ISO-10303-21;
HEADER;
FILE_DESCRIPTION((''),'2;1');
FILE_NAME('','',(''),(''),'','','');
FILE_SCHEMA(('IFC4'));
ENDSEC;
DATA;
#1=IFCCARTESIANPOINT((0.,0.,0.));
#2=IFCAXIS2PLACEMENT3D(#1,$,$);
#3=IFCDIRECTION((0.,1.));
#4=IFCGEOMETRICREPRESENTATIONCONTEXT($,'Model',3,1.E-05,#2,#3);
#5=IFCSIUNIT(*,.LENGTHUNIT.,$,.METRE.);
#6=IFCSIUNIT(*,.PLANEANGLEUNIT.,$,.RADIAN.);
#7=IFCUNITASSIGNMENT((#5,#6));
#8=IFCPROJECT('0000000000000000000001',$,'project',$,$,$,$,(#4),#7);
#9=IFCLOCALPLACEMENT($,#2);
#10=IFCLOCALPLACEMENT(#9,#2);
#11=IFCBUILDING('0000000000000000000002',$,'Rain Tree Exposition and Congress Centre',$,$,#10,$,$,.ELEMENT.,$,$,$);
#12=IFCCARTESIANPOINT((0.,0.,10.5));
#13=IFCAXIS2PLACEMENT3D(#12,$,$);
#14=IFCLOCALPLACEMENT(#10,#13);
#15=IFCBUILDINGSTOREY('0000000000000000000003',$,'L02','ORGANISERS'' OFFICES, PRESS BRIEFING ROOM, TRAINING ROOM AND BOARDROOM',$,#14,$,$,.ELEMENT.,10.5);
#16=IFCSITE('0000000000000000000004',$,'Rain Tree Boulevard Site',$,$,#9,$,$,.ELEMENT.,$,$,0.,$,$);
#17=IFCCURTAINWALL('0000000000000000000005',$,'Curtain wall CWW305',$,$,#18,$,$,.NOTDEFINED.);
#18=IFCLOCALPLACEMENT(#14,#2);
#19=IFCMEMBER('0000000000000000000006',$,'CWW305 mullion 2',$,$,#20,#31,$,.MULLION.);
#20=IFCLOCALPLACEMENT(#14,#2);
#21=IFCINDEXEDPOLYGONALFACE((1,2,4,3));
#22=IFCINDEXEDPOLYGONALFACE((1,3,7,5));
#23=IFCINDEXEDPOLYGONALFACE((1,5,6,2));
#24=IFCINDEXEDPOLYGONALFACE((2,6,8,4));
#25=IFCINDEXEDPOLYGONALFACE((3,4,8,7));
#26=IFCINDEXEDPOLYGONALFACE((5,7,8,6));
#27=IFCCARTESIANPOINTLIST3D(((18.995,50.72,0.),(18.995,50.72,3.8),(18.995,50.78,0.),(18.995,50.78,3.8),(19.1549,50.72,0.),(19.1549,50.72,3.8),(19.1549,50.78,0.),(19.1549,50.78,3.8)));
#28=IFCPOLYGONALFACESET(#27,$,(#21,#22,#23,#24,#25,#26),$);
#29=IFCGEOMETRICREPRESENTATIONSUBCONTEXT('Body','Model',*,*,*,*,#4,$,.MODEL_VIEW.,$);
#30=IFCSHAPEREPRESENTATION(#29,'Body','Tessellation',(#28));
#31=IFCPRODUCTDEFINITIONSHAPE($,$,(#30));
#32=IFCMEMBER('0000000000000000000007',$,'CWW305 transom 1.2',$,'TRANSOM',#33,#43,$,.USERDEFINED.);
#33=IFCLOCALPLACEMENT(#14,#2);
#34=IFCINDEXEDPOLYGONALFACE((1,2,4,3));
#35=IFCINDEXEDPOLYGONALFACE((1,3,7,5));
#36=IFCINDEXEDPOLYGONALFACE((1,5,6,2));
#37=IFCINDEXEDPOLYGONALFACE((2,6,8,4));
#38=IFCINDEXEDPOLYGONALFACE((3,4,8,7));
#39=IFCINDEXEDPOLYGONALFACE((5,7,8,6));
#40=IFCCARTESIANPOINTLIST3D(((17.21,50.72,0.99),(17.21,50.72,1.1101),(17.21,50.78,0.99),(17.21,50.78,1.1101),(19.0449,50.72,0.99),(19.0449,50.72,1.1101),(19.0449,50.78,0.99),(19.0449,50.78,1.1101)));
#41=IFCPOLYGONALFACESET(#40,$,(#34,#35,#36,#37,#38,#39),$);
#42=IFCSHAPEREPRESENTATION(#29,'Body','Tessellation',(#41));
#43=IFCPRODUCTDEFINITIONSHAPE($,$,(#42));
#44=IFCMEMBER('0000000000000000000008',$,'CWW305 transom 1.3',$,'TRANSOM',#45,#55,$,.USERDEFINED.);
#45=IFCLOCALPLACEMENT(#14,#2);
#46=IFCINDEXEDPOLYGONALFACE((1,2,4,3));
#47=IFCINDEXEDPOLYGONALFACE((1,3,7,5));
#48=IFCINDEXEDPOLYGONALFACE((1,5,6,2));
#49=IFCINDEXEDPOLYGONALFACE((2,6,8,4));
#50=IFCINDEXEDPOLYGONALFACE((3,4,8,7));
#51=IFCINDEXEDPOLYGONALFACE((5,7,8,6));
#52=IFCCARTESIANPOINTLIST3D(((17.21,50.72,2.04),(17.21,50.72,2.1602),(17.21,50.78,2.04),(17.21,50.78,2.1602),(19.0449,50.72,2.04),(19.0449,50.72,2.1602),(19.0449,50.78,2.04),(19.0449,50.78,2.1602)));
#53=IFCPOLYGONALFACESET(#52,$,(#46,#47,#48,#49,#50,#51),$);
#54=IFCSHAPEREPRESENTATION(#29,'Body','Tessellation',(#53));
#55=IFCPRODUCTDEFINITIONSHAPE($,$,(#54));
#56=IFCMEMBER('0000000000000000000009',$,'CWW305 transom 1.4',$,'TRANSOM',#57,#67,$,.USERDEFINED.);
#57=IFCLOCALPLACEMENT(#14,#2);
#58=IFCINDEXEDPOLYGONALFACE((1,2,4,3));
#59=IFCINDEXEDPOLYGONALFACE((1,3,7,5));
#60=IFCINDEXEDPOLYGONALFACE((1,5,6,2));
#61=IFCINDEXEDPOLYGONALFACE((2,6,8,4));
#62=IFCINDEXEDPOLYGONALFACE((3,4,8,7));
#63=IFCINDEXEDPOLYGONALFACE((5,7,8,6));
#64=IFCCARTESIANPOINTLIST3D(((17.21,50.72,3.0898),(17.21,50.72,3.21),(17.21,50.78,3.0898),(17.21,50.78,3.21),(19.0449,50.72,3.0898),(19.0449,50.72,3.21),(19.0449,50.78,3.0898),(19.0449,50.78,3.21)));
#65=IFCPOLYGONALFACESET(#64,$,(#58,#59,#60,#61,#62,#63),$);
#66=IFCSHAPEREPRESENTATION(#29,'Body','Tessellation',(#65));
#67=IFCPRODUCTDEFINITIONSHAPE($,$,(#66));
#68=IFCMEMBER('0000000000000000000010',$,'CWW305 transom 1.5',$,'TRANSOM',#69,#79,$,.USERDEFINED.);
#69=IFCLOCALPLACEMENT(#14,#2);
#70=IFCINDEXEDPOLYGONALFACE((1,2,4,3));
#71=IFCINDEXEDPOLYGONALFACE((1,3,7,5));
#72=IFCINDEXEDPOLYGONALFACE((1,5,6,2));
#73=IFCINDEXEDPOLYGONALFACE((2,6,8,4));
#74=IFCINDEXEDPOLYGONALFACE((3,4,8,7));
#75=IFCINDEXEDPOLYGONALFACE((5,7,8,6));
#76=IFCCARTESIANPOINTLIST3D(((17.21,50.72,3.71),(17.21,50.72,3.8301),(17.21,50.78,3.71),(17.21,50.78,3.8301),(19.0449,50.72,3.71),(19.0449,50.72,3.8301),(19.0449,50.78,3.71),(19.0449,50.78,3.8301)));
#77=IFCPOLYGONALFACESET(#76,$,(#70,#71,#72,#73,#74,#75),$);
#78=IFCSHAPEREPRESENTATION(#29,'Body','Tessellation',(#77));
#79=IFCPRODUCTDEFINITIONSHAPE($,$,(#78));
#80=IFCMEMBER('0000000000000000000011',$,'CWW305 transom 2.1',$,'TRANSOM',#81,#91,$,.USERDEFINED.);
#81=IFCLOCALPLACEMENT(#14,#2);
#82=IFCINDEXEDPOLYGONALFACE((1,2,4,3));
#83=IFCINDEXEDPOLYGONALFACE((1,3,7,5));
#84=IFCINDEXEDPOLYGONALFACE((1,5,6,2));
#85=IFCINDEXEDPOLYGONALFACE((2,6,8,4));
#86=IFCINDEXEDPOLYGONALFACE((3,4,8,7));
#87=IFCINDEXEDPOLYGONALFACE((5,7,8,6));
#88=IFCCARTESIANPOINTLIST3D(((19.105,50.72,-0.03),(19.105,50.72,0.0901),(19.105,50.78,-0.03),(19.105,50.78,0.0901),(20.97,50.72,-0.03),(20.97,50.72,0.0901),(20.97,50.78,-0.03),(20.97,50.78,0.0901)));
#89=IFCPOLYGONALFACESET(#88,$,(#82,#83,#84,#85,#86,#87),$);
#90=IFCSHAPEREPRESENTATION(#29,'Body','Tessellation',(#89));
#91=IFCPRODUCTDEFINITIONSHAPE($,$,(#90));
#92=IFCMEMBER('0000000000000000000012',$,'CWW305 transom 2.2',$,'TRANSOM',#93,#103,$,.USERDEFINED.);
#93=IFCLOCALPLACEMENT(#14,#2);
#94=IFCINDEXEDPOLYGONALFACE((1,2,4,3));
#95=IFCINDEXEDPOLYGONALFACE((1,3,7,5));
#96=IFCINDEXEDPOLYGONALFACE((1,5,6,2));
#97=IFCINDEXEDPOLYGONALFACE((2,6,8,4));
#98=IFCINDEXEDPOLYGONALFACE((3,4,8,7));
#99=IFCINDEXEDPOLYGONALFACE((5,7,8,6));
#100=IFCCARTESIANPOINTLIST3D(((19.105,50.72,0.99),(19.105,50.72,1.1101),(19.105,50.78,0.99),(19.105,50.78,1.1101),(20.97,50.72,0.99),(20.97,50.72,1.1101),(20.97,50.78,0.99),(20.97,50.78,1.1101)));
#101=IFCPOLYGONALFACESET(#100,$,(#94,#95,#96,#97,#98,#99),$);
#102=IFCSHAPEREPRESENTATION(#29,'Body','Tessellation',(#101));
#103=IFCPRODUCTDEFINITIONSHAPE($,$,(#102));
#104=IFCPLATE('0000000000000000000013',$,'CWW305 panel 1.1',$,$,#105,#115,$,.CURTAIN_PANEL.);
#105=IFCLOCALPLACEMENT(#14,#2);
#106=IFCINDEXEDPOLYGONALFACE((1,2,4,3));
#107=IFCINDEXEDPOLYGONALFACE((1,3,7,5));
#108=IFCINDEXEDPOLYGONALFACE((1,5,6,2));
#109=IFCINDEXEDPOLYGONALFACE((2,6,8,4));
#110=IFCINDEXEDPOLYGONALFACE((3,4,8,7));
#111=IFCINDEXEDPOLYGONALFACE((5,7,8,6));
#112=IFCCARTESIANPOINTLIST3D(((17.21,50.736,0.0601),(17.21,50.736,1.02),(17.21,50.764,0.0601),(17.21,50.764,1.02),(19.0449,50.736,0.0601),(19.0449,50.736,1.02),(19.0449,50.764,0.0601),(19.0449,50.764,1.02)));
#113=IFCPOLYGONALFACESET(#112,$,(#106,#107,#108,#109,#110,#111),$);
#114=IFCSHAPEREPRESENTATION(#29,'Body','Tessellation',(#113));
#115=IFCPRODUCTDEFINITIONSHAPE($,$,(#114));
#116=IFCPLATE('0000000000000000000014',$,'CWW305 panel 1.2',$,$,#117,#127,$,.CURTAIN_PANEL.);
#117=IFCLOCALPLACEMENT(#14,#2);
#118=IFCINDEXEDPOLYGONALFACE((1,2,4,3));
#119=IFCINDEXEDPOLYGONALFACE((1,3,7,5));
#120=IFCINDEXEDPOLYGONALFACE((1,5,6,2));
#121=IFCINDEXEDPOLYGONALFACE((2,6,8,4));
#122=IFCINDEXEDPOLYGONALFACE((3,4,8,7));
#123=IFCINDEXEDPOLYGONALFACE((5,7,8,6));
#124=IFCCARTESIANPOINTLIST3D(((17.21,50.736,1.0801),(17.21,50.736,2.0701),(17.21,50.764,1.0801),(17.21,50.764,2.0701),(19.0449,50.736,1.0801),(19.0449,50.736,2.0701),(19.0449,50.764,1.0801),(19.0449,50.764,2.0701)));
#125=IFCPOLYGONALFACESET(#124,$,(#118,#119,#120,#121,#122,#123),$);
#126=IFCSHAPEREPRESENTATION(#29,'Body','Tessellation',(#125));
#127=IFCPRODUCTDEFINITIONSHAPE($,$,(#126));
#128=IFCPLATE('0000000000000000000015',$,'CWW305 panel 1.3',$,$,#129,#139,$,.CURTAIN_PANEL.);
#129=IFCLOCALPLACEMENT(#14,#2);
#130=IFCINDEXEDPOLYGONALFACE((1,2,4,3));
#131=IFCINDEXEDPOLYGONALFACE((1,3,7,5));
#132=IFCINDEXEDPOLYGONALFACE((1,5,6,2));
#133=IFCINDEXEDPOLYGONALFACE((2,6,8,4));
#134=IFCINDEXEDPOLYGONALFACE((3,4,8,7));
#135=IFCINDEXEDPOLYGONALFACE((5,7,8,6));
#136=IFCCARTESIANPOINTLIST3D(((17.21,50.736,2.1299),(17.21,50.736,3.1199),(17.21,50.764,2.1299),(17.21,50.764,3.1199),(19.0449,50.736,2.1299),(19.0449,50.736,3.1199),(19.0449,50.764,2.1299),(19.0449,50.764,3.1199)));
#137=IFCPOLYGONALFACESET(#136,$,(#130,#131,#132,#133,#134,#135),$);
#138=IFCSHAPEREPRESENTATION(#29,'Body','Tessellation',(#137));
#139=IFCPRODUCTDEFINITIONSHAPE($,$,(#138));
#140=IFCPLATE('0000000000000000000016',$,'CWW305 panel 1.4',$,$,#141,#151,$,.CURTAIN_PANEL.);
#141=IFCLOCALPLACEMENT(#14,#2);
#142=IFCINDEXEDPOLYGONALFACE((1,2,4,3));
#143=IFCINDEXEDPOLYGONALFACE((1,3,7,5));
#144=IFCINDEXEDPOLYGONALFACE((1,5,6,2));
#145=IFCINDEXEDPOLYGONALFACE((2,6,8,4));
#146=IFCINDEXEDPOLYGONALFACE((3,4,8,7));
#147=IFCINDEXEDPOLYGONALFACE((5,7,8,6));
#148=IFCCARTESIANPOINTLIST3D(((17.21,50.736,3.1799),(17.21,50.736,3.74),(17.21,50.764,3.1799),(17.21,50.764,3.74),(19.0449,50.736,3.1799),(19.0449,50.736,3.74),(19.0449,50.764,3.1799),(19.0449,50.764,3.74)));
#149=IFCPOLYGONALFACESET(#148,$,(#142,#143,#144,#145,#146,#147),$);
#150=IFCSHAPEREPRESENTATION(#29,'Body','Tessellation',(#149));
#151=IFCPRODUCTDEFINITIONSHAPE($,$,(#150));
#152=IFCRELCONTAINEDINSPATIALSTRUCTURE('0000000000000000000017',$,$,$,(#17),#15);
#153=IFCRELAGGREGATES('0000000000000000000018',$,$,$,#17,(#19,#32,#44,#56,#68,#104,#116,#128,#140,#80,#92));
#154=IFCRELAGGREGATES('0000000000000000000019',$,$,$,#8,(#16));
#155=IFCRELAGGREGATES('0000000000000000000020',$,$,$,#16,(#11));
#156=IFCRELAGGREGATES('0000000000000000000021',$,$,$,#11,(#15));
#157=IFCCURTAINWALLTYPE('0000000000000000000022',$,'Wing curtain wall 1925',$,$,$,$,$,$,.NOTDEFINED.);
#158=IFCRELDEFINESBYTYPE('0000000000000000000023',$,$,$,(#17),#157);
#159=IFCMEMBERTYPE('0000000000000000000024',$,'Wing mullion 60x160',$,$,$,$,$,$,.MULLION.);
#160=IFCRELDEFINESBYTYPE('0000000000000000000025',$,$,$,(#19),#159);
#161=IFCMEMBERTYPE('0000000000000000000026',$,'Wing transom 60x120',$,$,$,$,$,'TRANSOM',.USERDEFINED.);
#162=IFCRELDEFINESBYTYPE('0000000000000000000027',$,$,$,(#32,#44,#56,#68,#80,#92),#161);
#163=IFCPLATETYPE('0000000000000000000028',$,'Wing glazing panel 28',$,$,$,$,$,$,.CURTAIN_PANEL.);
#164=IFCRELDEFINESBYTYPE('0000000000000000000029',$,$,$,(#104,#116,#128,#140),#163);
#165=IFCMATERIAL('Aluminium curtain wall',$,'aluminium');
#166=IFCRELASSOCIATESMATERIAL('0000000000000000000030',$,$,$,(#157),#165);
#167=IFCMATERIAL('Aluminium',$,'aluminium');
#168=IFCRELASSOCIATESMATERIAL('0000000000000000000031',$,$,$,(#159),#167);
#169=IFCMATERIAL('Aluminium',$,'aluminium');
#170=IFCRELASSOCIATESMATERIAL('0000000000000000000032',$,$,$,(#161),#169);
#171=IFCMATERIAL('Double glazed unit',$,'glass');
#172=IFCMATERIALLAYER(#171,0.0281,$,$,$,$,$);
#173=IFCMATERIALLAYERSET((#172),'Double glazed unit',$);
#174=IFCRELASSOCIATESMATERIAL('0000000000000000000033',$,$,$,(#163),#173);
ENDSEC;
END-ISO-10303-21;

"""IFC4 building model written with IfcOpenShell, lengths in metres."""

from ifc_helpers import new_model, si_unit, direction, frame, origin, origin_2d, place, context, subcontext, project, spatial, rectangle, extrude, material, layer, layer_set, material_profile, profile_set, type_object, element, aggregate, save


model = new_model("IFC4")

# Units and contexts
model_context = context("Model", 3, precision=1e-05, world=origin(), true_north=direction((0.0, 1.0)))
body_context = subcontext(model_context, "Body", "Model", "MODEL_VIEW")
ifc_project = project(units=[si_unit("LENGTHUNIT", "METRE"), si_unit("PLANEANGLEUNIT", "RADIAN")], contexts=[model_context])

# Site, building, storey
site_placement = place(None, origin())
site = spatial("IfcSite", under=ifc_project, at=site_placement, Name="Rain Tree Boulevard Site", CompositionType="ELEMENT", RefElevation=0.0)
building_placement = place(site_placement, origin())
building = spatial("IfcBuilding", under=site, at=building_placement, Name="Rain Tree Exposition and Congress Centre", CompositionType="ELEMENT")
storey_placement = place(building_placement, frame((0.0, 0.0, 10.5)))
storey = spatial("IfcBuildingStorey", under=building, at=storey_placement, Name="L02", Description="ORGANISERS' OFFICES, PRESS BRIEFING ROOM, TRAINING ROOM AND BOARDROOM", CompositionType="ELEMENT", Elevation=10.5)

# Curtain wall, members, plates
ifc_material_1 = material(Name="Aluminium curtain wall", Category="aluminium")
curtain_wall_type = type_object("IfcCurtainWallType", Name="Wing curtain wall 1925", PredefinedType="NOTDEFINED", material=ifc_material_1)
curtain_wall_placement = place(storey_placement, origin())
curtain_wall = element("IfcCurtainWall", 1, at=curtain_wall_placement, inside=storey, type_object=curtain_wall_type, Name="Curtain wall CWW305", PredefinedType="NOTDEFINED")
ifc_material_2 = material(Name="Aluminium", Category="aluminium")
ifc_material_profile_1 = material_profile(ifc_material_2, rectangle(XDim=0.0601, YDim=0.1599, at=origin_2d()), Name="Aluminium 60x160")
ifc_profile_set_1 = profile_set([ifc_material_profile_1], Name="Aluminium")
member_type_1 = type_object("IfcMemberType", Name="Wing mullion 60x160", PredefinedType="MULLION", material=ifc_profile_set_1)
member_1_placement = place(storey_placement, frame((19.075, 50.75, 0.0), z_axis=(0.0, 0.0, 1.0), x_axis=(0.0, 1.0, 0.0)))
member_1 = element("IfcMember", 2, at=member_1_placement, type_object=member_type_1, Name="CWW305 mullion 2", PredefinedType="MULLION", context=body_context, shape_type="SweptSolid", body=[
    extrude(rectangle(XDim=0.0601, YDim=0.1599, at=origin_2d()), origin(), (0.0, 0.0, 1.0), 3.8),
])
ifc_material_3 = material(Name="Aluminium", Category="aluminium")
ifc_material_profile_2 = material_profile(ifc_material_3, rectangle(XDim=0.0601, YDim=0.1201, at=origin_2d()), Name="Aluminium 60x120")
ifc_profile_set_2 = profile_set([ifc_material_profile_2], Name="Aluminium")
member_type_2 = type_object("IfcMemberType", Name="Wing transom 60x120", ElementType="TRANSOM", PredefinedType="USERDEFINED", material=ifc_profile_set_2)
member_2_placement = place(storey_placement, frame((17.21, 50.75, 1.05), z_axis=(1.0, 0.0, 0.0), x_axis=(0.0, 1.0, 0.0)))
member_2 = element("IfcMember", 3, at=member_2_placement, type_object=member_type_2, Name="CWW305 transom 1.2", ObjectType="TRANSOM", PredefinedType="USERDEFINED", context=body_context, shape_type="SweptSolid", body=[
    extrude(rectangle(XDim=0.0601, YDim=0.1201, at=origin_2d()), origin(), (0.0, 0.0, 1.0), 1.835),
])
member_3_placement = place(storey_placement, frame((17.21, 50.75, 2.1001), z_axis=(1.0, 0.0, 0.0), x_axis=(0.0, 1.0, 0.0)))
member_3 = element("IfcMember", 4, at=member_3_placement, type_object=member_type_2, Name="CWW305 transom 1.3", ObjectType="TRANSOM", PredefinedType="USERDEFINED", context=body_context, shape_type="SweptSolid", body=[
    extrude(rectangle(XDim=0.0601, YDim=0.1201, at=origin_2d()), origin(), (0.0, 0.0, 1.0), 1.835),
])
member_4_placement = place(storey_placement, frame((17.21, 50.75, 3.1499), z_axis=(1.0, 0.0, 0.0), x_axis=(0.0, 1.0, 0.0)))
member_4 = element("IfcMember", 5, at=member_4_placement, type_object=member_type_2, Name="CWW305 transom 1.4", ObjectType="TRANSOM", PredefinedType="USERDEFINED", context=body_context, shape_type="SweptSolid", body=[
    extrude(rectangle(XDim=0.0601, YDim=0.1201, at=origin_2d()), origin(), (0.0, 0.0, 1.0), 1.835),
])
member_5_placement = place(storey_placement, frame((17.21, 50.75, 3.77), z_axis=(1.0, 0.0, 0.0), x_axis=(0.0, 1.0, 0.0)))
member_5 = element("IfcMember", 6, at=member_5_placement, type_object=member_type_2, Name="CWW305 transom 1.5", ObjectType="TRANSOM", PredefinedType="USERDEFINED", context=body_context, shape_type="SweptSolid", body=[
    extrude(rectangle(XDim=0.0601, YDim=0.1201, at=origin_2d()), origin(), (0.0, 0.0, 1.0), 1.835),
])
member_6_placement = place(storey_placement, frame((19.105, 50.75, 0.03), z_axis=(1.0, 0.0, 0.0), x_axis=(0.0, 1.0, 0.0)))
member_6 = element("IfcMember", 7, at=member_6_placement, type_object=member_type_2, Name="CWW305 transom 2.1", ObjectType="TRANSOM", PredefinedType="USERDEFINED", context=body_context, shape_type="SweptSolid", body=[
    extrude(rectangle(XDim=0.0601, YDim=0.1201, at=origin_2d()), origin(), (0.0, 0.0, 1.0), 1.865),
])
member_7_placement = place(storey_placement, frame((19.105, 50.75, 1.05), z_axis=(1.0, 0.0, 0.0), x_axis=(0.0, 1.0, 0.0)))
member_7 = element("IfcMember", 8, at=member_7_placement, type_object=member_type_2, Name="CWW305 transom 2.2", ObjectType="TRANSOM", PredefinedType="USERDEFINED", context=body_context, shape_type="SweptSolid", body=[
    extrude(rectangle(XDim=0.0601, YDim=0.1201, at=origin_2d()), origin(), (0.0, 0.0, 1.0), 1.865),
])
ifc_material_4 = material(Name="Double glazed unit", Category="glass")
ifc_layer_1 = layer(ifc_material_4, 0.0281)
ifc_layer_set_1 = layer_set([ifc_layer_1], Name="Double glazed unit")
plate_type = type_object("IfcPlateType", Name="Wing glazing panel 28", PredefinedType="CURTAIN_PANEL", material=ifc_layer_set_1)
plate_1_placement = place(storey_placement, frame((18.1274, 50.75, 0.0601), z_axis=(0.0, 0.0, 1.0), x_axis=(1.0, 0.0, 0.0)))
plate_1 = element("IfcPlate", 9, at=plate_1_placement, type_object=plate_type, Name="CWW305 panel 1.1", PredefinedType="CURTAIN_PANEL", context=body_context, shape_type="SweptSolid", body=[
    extrude(rectangle(XDim=1.835, YDim=0.0281, at=origin_2d()), origin(), (0.0, 0.0, 1.0), 0.96),
])
plate_2_placement = place(storey_placement, frame((18.1274, 50.75, 1.0801), z_axis=(0.0, 0.0, 1.0), x_axis=(1.0, 0.0, 0.0)))
plate_2 = element("IfcPlate", 10, at=plate_2_placement, type_object=plate_type, Name="CWW305 panel 1.2", PredefinedType="CURTAIN_PANEL", context=body_context, shape_type="SweptSolid", body=[
    extrude(rectangle(XDim=1.835, YDim=0.0281, at=origin_2d()), origin(), (0.0, 0.0, 1.0), 0.99),
])
plate_3_placement = place(storey_placement, frame((18.1274, 50.75, 2.1299), z_axis=(0.0, 0.0, 1.0), x_axis=(1.0, 0.0, 0.0)))
plate_3 = element("IfcPlate", 11, at=plate_3_placement, type_object=plate_type, Name="CWW305 panel 1.3", PredefinedType="CURTAIN_PANEL", context=body_context, shape_type="SweptSolid", body=[
    extrude(rectangle(XDim=1.835, YDim=0.0281, at=origin_2d()), origin(), (0.0, 0.0, 1.0), 0.99),
])
plate_4_placement = place(storey_placement, frame((18.1274, 50.75, 3.1799), z_axis=(0.0, 0.0, 1.0), x_axis=(1.0, 0.0, 0.0)))
plate_4 = element("IfcPlate", 12, at=plate_4_placement, type_object=plate_type, Name="CWW305 panel 1.4", PredefinedType="CURTAIN_PANEL", context=body_context, shape_type="SweptSolid", body=[
    extrude(rectangle(XDim=1.835, YDim=0.0281, at=origin_2d()), origin(), (0.0, 0.0, 1.0), 0.5601),
])
aggregate(curtain_wall, [member_1, member_2, member_3, member_4, member_5, plate_1, plate_2, plate_3, plate_4, member_6, member_7])

save(model, "model.ifc")
